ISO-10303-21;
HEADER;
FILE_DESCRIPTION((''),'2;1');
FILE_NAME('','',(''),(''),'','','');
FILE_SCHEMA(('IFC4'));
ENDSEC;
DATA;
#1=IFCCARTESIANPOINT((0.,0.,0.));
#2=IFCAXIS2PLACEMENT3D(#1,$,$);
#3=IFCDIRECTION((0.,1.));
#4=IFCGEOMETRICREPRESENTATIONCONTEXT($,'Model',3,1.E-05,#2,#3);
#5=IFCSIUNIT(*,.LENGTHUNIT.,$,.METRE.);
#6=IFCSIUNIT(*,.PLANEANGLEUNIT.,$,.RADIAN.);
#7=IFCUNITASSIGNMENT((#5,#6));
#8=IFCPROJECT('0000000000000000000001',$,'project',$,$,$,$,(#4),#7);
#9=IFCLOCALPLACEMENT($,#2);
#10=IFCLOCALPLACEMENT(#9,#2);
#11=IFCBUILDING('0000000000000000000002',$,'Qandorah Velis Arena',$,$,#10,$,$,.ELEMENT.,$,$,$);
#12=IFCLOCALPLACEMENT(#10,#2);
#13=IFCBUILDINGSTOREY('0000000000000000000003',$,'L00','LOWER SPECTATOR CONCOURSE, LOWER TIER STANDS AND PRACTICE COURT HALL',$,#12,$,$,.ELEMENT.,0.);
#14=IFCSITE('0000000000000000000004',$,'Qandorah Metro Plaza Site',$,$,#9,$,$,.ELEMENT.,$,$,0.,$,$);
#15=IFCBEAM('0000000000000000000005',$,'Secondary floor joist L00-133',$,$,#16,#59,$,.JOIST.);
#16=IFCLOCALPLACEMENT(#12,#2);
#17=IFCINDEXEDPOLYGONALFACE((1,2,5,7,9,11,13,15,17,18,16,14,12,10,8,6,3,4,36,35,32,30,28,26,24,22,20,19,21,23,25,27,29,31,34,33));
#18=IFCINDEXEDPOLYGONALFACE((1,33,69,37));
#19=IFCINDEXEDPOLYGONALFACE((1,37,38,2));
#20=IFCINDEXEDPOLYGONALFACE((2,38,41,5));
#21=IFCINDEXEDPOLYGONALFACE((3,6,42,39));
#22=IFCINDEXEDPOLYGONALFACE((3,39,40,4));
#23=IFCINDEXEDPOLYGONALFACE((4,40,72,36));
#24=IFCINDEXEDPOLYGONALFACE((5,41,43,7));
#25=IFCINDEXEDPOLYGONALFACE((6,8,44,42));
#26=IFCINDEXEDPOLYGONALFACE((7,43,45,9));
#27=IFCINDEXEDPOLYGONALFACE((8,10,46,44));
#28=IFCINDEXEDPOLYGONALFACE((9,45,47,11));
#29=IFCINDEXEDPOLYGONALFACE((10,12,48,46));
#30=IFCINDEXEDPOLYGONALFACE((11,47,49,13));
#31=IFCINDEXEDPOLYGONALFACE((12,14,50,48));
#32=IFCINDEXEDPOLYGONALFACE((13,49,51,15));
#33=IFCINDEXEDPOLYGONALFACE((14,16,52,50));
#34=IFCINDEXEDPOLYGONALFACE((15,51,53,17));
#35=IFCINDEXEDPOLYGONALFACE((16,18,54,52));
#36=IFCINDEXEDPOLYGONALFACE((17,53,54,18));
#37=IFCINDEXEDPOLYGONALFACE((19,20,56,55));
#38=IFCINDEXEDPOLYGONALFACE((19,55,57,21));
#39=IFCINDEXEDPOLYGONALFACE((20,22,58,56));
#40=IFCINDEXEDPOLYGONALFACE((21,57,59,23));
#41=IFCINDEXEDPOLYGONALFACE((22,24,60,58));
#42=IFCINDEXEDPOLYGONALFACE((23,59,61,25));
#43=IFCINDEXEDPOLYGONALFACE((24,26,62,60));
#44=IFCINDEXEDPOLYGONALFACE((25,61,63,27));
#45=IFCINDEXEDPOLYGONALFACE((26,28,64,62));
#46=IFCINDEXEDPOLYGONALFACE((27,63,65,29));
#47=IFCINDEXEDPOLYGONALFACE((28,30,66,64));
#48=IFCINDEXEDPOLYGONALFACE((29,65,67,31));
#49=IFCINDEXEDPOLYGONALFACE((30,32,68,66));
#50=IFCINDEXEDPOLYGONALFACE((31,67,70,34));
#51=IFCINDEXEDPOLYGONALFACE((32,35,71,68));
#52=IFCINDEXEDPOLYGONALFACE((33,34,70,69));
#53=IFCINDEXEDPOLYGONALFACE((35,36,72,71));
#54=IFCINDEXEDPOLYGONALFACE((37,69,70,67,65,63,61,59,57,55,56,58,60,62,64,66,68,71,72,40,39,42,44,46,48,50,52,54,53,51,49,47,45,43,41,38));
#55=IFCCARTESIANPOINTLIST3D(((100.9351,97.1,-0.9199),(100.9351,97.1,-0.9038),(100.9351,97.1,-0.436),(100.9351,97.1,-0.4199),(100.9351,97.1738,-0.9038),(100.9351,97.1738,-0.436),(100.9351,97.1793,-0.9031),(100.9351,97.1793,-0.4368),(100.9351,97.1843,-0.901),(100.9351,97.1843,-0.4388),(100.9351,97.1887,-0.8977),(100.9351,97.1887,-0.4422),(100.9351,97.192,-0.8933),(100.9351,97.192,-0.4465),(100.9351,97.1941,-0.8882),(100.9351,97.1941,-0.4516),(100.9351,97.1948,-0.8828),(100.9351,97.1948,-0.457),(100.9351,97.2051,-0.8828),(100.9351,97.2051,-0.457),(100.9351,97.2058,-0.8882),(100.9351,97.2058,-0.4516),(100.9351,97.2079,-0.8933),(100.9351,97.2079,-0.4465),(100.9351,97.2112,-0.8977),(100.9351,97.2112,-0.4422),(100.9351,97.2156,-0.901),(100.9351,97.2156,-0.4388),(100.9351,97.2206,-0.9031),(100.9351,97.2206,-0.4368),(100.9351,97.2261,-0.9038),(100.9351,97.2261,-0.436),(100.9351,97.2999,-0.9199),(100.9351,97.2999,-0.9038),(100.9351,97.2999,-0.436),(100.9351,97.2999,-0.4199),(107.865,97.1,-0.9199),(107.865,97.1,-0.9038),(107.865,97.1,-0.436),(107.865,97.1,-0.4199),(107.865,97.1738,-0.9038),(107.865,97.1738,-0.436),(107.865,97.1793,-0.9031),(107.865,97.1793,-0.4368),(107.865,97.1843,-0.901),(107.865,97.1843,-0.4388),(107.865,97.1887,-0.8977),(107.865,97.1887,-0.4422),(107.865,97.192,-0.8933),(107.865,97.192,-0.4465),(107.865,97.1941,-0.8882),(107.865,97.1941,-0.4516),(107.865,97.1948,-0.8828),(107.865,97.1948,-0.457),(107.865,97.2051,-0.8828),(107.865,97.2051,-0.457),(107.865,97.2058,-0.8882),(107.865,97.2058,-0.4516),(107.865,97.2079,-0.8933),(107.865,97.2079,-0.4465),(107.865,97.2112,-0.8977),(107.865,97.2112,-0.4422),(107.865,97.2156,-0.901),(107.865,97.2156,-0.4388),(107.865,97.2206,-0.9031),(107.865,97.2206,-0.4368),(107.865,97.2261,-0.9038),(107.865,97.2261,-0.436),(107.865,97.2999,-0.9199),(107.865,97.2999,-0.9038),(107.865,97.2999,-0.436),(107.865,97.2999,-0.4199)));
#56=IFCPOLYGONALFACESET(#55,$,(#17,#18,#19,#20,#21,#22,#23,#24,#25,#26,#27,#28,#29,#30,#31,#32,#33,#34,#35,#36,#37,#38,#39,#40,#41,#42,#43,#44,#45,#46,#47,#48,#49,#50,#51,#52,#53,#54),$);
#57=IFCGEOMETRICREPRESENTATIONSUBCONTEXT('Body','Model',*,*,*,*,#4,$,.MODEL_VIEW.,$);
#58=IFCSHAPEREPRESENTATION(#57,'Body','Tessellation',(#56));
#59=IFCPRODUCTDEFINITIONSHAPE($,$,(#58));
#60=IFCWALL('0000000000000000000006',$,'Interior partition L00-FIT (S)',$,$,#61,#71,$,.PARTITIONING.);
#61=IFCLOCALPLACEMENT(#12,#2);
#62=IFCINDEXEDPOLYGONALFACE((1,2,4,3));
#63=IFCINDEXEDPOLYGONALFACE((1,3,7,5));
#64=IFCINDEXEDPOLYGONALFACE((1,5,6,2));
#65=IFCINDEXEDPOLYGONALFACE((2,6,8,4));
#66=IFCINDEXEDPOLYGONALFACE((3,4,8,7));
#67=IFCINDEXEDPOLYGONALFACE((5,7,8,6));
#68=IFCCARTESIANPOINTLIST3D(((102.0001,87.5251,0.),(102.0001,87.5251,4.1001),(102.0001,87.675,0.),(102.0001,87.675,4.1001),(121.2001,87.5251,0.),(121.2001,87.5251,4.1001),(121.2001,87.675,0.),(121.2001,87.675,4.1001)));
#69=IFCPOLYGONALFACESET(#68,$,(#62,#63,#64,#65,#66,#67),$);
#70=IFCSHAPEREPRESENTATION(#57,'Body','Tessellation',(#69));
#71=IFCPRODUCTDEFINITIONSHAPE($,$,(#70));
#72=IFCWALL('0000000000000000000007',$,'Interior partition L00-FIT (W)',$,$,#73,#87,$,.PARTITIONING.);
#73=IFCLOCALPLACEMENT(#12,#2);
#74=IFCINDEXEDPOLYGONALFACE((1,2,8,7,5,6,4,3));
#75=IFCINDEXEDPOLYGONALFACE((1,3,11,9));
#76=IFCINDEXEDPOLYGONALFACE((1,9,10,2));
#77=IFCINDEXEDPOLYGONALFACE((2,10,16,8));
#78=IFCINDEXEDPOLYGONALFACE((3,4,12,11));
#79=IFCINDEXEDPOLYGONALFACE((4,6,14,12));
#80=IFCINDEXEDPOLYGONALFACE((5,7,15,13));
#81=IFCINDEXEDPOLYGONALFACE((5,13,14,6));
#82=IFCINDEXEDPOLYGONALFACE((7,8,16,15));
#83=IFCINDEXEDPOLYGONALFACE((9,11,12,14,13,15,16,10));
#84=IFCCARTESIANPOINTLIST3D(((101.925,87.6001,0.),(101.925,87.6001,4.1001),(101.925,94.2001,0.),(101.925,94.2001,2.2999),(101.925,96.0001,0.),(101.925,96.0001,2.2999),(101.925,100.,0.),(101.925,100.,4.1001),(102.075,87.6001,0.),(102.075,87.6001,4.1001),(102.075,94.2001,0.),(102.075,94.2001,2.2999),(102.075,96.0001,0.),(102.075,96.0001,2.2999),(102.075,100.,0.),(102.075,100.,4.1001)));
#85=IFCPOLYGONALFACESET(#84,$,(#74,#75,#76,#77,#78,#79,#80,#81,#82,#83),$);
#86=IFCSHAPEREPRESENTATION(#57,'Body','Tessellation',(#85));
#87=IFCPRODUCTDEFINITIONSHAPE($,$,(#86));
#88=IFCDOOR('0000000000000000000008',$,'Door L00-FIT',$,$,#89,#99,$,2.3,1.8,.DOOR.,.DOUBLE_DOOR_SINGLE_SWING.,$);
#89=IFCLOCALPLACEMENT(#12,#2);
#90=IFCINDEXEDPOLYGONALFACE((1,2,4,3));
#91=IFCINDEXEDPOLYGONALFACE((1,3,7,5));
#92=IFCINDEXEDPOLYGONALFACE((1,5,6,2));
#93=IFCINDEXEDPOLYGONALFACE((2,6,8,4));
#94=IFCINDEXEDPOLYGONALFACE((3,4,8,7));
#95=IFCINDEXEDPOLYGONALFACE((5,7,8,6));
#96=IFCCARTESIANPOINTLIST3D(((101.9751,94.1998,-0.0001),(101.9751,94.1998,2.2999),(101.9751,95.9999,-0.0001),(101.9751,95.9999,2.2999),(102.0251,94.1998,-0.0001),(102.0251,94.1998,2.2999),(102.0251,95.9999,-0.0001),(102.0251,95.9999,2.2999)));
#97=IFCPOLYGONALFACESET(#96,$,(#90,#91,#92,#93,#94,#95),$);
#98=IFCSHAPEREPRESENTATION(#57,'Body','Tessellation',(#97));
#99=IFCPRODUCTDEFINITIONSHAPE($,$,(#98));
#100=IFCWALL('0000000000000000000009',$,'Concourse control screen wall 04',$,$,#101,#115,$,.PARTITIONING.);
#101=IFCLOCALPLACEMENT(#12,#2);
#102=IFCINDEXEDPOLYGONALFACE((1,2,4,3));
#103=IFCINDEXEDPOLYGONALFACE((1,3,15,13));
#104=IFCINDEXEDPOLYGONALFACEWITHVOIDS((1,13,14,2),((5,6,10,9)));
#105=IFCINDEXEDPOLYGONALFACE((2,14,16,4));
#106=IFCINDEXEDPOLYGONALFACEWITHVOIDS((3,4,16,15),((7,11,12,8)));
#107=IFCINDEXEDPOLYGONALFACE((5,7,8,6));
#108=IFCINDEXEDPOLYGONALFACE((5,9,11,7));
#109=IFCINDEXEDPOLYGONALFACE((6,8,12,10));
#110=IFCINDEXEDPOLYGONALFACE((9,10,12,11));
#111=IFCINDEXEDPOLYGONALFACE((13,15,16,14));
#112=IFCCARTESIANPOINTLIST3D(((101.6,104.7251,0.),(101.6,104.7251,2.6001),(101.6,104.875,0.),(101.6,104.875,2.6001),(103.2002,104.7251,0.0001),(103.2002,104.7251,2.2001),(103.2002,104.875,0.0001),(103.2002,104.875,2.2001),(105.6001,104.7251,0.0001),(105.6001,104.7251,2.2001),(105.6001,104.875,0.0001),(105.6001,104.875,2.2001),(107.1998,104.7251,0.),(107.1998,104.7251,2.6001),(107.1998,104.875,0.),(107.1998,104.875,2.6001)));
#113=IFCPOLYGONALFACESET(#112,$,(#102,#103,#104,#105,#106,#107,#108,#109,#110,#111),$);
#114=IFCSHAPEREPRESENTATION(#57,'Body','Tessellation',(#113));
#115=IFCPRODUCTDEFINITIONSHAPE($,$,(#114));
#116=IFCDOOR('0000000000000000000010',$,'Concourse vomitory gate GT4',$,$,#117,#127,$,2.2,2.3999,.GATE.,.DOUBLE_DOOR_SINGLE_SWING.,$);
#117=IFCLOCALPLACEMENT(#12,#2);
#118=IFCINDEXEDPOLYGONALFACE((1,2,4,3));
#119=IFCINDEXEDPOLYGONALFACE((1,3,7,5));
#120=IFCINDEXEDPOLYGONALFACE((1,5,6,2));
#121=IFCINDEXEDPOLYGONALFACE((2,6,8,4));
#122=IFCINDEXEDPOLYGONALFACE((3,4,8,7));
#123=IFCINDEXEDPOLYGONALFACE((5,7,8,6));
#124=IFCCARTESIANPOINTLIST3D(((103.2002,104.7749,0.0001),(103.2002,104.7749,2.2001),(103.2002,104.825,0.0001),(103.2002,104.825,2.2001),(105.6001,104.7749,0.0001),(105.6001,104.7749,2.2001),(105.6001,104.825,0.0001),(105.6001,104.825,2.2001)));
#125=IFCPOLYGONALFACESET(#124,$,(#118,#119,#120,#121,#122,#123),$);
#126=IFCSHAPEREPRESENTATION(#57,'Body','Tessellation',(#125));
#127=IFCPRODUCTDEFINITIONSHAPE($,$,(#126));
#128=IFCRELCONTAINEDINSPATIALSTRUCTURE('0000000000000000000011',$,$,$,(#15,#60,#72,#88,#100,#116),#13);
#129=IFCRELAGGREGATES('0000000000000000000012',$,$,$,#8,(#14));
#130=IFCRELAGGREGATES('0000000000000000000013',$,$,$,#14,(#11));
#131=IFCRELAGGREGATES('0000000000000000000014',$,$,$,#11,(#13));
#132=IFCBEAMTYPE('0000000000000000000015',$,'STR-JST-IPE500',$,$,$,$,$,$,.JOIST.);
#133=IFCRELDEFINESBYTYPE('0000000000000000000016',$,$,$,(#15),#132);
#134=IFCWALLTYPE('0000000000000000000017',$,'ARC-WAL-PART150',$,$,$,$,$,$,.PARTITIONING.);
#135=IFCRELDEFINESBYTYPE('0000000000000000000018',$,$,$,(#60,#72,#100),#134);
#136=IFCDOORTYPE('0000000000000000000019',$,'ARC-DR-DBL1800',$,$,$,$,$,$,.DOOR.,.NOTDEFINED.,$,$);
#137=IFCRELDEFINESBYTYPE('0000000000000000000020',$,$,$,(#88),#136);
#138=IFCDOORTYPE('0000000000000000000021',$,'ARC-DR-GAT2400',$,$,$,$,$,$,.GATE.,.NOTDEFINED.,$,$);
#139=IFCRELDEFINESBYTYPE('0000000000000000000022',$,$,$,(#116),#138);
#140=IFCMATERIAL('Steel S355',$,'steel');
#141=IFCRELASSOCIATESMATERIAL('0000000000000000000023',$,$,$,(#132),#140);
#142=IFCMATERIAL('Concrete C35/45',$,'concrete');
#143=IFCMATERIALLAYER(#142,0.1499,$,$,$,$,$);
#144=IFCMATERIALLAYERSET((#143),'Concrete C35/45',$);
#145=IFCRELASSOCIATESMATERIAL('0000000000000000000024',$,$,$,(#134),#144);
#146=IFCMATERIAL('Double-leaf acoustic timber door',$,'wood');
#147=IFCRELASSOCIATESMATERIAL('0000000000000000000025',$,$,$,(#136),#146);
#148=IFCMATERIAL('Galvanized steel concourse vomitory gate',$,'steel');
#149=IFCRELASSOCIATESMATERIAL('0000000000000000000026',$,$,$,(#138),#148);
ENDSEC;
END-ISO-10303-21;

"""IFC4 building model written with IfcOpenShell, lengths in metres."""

from ifc_helpers import new_model, si_unit, direction, frame, frame_2d, origin, origin_2d, place, context, subcontext, project, spatial, rectangle, i_section, extrude, material, layer, layer_set, material_profile, profile_set, type_object, element, fill, save


model = new_model("IFC4")

# Units and contexts
model_context = context("Model", 3, precision=1e-05, world=origin(), true_north=direction((0.0, 1.0)))
body_context = subcontext(model_context, "Body", "Model", "MODEL_VIEW")
ifc_project = project(units=[si_unit("LENGTHUNIT", "METRE"), si_unit("PLANEANGLEUNIT", "RADIAN")], contexts=[model_context])

# Site, building, storey
site_placement = place(None, origin())
site = spatial("IfcSite", under=ifc_project, at=site_placement, Name="Qandorah Metro Plaza Site", CompositionType="ELEMENT", RefElevation=0.0)
building_placement = place(site_placement, origin())
building = spatial("IfcBuilding", under=site, at=building_placement, Name="Qandorah Velis Arena", CompositionType="ELEMENT")
storey_placement = place(building_placement, origin())
storey = spatial("IfcBuildingStorey", under=building, at=storey_placement, Name="L00", Description="LOWER SPECTATOR CONCOURSE, LOWER TIER STANDS AND PRACTICE COURT HALL", CompositionType="ELEMENT", Elevation=0.0)

# Beam
ifc_material_1 = material(Name="Steel S355", Category="steel")
ifc_material_profile_1 = material_profile(ifc_material_1, i_section(OverallWidth=0.2, OverallDepth=0.5, WebThickness=0.0103, FlangeThickness=0.0161, FilletRadius=0.021, at=origin_2d()), Name="IPE 500")
ifc_profile_set_1 = profile_set([ifc_material_profile_1], Name="Steel S355")
beam_type_1 = type_object("IfcBeamType", Name="STR-JST-IPE500", PredefinedType="JOIST", material=ifc_profile_set_1)
beam_1_placement = place(storey_placement, frame((100.9351, 97.2, -0.6699), z_axis=(1.0, 0.0, 0.0), x_axis=(0.0, 1.0, 0.0)))
element("IfcBeam", 1, at=beam_1_placement, inside=storey, type_object=beam_type_1, Name="Secondary floor joist L00-133", PredefinedType="JOIST", context=body_context, shape_type="SweptSolid", body=[
    extrude(i_section(OverallWidth=0.2, OverallDepth=0.5, WebThickness=0.0103, FlangeThickness=0.0161, FilletRadius=0.021, at=origin_2d()), origin(), (0.0, 0.0, 1.0), 6.9299),
])

# Wall
ifc_material_2 = material(Name="Concrete C35/45", Category="concrete")
ifc_layer = layer(ifc_material_2, 0.1499)
ifc_layer_set = layer_set([ifc_layer], Name="Concrete C35/45")
wall_type = type_object("IfcWallType", Name="ARC-WAL-PART150", PredefinedType="PARTITIONING", material=ifc_layer_set)
wall_1_placement = place(storey_placement, frame((102.0, 87.6001, 0.0), z_axis=(0.0, 0.0, 1.0), x_axis=(1.0, 0.0, 0.0)))
element("IfcWall", 2, at=wall_1_placement, inside=storey, type_object=wall_type, Name="Interior partition L00-FIT (S)", PredefinedType="PARTITIONING", context=body_context, shape_type="SweptSolid", body=[
    extrude(rectangle(XDim=19.2, YDim=0.1499, at=frame_2d((9.6001, 0.0))), origin(), (0.0, 0.0, 1.0), 4.1001),
])

# Walls, openings, doors
wall_2_placement = place(storey_placement, frame((102.0, 100.0, 0.0), z_axis=(0.0, 0.0, 1.0), x_axis=(0.0, -1.0, 0.0)))
wall_2 = element("IfcWall", 3, at=wall_2_placement, inside=storey, type_object=wall_type, Name="Interior partition L00-FIT (W)", PredefinedType="PARTITIONING", context=body_context, shape_type="SweptSolid", body=[
    extrude(rectangle(XDim=12.3999, YDim=0.1499, at=frame_2d((6.2, 0.0))), origin(), (0.0, 0.0, 1.0), 4.1001),
])
opening_1_placement = place(wall_2_placement, frame((4.0, 0.0, 0.0)))
opening_1 = element("IfcOpeningElement", 4, at=opening_1_placement, cuts=wall_2, PredefinedType="OPENING", context=body_context, shape_type="SweptSolid", body=[
    extrude(rectangle(XDim=1.8, YDim=2.3, at=frame_2d((0.8999, 1.1499))), frame((0.0, 0.085, 0.0), z_axis=(0.0, -1.0, 0.0), x_axis=(1.0, 0.0, 0.0)), (0.0, 0.0, 1.0), 0.1699),
])
ifc_material_3 = material(Name="Double-leaf acoustic timber door", Category="wood")
door_type_1 = type_object("IfcDoorType", Name="ARC-DR-DBL1800", OperationType="NOTDEFINED", PredefinedType="DOOR", material=ifc_material_3)
door_1_placement = place(opening_1_placement, frame((1.8, 0.0, 0.0), z_axis=(0.0, 0.0, 1.0), x_axis=(-1.0, 0.0, 0.0)))
door_1 = element("IfcDoor", 5, at=door_1_placement, inside=storey, type_object=door_type_1, Name="Door L00-FIT", OperationType="DOUBLE_DOOR_SINGLE_SWING", OverallHeight=2.3, OverallWidth=1.8, PredefinedType="DOOR", context=body_context, shape_type="SweptSolid", body=[
    extrude(rectangle(XDim=1.8, YDim=2.3, at=frame_2d((0.8999, 1.1499))), frame((0.0, 0.0249, 0.0), z_axis=(0.0, -1.0, 0.0), x_axis=(1.0, 0.0, 0.0)), (0.0, 0.0, 1.0), 0.05),
])
fill(opening_1, door_1)
wall_3_placement = place(storey_placement, frame((101.6001, 104.8, 0.0), z_axis=(0.0, 0.0, 1.0), x_axis=(1.0, 0.0, 0.0)))
wall_3 = element("IfcWall", 6, at=wall_3_placement, inside=storey, type_object=wall_type, Name="Concourse control screen wall 04", PredefinedType="PARTITIONING", context=body_context, shape_type="SweptSolid", body=[
    extrude(rectangle(XDim=5.5999, YDim=0.1499, at=frame_2d((2.7998, 0.0))), origin(), (0.0, 0.0, 1.0), 2.6001),
])
opening_2_placement = place(wall_3_placement, frame((1.6001, 0.0, 0.0)))
opening_2 = element("IfcOpeningElement", 7, at=opening_2_placement, cuts=wall_3, PredefinedType="OPENING", context=body_context, shape_type="SweptSolid", body=[
    extrude(rectangle(XDim=2.3999, YDim=2.2, at=frame_2d((1.2, 1.1001))), frame((0.0, 0.085, 0.0), z_axis=(0.0, -1.0, 0.0), x_axis=(1.0, 0.0, 0.0)), (0.0, 0.0, 1.0), 0.1699),
])
ifc_material_4 = material(Name="Galvanized steel concourse vomitory gate", Category="steel")
door_type_2 = type_object("IfcDoorType", Name="ARC-DR-GAT2400", OperationType="NOTDEFINED", PredefinedType="GATE", material=ifc_material_4)
door_2_placement = place(opening_2_placement, origin())
door_2 = element("IfcDoor", 8, at=door_2_placement, inside=storey, type_object=door_type_2, Name="Concourse vomitory gate GT4", OperationType="DOUBLE_DOOR_SINGLE_SWING", OverallHeight=2.2, OverallWidth=2.3999, PredefinedType="GATE", context=body_context, shape_type="SweptSolid", body=[
    extrude(rectangle(XDim=2.3999, YDim=2.2, at=frame_2d((1.2, 1.1001))), frame((0.0, 0.0249, 0.0), z_axis=(0.0, -1.0, 0.0), x_axis=(1.0, 0.0, 0.0)), (0.0, 0.0, 1.0), 0.05),
])
fill(opening_2, door_2)

save(model, "model.ifc")
